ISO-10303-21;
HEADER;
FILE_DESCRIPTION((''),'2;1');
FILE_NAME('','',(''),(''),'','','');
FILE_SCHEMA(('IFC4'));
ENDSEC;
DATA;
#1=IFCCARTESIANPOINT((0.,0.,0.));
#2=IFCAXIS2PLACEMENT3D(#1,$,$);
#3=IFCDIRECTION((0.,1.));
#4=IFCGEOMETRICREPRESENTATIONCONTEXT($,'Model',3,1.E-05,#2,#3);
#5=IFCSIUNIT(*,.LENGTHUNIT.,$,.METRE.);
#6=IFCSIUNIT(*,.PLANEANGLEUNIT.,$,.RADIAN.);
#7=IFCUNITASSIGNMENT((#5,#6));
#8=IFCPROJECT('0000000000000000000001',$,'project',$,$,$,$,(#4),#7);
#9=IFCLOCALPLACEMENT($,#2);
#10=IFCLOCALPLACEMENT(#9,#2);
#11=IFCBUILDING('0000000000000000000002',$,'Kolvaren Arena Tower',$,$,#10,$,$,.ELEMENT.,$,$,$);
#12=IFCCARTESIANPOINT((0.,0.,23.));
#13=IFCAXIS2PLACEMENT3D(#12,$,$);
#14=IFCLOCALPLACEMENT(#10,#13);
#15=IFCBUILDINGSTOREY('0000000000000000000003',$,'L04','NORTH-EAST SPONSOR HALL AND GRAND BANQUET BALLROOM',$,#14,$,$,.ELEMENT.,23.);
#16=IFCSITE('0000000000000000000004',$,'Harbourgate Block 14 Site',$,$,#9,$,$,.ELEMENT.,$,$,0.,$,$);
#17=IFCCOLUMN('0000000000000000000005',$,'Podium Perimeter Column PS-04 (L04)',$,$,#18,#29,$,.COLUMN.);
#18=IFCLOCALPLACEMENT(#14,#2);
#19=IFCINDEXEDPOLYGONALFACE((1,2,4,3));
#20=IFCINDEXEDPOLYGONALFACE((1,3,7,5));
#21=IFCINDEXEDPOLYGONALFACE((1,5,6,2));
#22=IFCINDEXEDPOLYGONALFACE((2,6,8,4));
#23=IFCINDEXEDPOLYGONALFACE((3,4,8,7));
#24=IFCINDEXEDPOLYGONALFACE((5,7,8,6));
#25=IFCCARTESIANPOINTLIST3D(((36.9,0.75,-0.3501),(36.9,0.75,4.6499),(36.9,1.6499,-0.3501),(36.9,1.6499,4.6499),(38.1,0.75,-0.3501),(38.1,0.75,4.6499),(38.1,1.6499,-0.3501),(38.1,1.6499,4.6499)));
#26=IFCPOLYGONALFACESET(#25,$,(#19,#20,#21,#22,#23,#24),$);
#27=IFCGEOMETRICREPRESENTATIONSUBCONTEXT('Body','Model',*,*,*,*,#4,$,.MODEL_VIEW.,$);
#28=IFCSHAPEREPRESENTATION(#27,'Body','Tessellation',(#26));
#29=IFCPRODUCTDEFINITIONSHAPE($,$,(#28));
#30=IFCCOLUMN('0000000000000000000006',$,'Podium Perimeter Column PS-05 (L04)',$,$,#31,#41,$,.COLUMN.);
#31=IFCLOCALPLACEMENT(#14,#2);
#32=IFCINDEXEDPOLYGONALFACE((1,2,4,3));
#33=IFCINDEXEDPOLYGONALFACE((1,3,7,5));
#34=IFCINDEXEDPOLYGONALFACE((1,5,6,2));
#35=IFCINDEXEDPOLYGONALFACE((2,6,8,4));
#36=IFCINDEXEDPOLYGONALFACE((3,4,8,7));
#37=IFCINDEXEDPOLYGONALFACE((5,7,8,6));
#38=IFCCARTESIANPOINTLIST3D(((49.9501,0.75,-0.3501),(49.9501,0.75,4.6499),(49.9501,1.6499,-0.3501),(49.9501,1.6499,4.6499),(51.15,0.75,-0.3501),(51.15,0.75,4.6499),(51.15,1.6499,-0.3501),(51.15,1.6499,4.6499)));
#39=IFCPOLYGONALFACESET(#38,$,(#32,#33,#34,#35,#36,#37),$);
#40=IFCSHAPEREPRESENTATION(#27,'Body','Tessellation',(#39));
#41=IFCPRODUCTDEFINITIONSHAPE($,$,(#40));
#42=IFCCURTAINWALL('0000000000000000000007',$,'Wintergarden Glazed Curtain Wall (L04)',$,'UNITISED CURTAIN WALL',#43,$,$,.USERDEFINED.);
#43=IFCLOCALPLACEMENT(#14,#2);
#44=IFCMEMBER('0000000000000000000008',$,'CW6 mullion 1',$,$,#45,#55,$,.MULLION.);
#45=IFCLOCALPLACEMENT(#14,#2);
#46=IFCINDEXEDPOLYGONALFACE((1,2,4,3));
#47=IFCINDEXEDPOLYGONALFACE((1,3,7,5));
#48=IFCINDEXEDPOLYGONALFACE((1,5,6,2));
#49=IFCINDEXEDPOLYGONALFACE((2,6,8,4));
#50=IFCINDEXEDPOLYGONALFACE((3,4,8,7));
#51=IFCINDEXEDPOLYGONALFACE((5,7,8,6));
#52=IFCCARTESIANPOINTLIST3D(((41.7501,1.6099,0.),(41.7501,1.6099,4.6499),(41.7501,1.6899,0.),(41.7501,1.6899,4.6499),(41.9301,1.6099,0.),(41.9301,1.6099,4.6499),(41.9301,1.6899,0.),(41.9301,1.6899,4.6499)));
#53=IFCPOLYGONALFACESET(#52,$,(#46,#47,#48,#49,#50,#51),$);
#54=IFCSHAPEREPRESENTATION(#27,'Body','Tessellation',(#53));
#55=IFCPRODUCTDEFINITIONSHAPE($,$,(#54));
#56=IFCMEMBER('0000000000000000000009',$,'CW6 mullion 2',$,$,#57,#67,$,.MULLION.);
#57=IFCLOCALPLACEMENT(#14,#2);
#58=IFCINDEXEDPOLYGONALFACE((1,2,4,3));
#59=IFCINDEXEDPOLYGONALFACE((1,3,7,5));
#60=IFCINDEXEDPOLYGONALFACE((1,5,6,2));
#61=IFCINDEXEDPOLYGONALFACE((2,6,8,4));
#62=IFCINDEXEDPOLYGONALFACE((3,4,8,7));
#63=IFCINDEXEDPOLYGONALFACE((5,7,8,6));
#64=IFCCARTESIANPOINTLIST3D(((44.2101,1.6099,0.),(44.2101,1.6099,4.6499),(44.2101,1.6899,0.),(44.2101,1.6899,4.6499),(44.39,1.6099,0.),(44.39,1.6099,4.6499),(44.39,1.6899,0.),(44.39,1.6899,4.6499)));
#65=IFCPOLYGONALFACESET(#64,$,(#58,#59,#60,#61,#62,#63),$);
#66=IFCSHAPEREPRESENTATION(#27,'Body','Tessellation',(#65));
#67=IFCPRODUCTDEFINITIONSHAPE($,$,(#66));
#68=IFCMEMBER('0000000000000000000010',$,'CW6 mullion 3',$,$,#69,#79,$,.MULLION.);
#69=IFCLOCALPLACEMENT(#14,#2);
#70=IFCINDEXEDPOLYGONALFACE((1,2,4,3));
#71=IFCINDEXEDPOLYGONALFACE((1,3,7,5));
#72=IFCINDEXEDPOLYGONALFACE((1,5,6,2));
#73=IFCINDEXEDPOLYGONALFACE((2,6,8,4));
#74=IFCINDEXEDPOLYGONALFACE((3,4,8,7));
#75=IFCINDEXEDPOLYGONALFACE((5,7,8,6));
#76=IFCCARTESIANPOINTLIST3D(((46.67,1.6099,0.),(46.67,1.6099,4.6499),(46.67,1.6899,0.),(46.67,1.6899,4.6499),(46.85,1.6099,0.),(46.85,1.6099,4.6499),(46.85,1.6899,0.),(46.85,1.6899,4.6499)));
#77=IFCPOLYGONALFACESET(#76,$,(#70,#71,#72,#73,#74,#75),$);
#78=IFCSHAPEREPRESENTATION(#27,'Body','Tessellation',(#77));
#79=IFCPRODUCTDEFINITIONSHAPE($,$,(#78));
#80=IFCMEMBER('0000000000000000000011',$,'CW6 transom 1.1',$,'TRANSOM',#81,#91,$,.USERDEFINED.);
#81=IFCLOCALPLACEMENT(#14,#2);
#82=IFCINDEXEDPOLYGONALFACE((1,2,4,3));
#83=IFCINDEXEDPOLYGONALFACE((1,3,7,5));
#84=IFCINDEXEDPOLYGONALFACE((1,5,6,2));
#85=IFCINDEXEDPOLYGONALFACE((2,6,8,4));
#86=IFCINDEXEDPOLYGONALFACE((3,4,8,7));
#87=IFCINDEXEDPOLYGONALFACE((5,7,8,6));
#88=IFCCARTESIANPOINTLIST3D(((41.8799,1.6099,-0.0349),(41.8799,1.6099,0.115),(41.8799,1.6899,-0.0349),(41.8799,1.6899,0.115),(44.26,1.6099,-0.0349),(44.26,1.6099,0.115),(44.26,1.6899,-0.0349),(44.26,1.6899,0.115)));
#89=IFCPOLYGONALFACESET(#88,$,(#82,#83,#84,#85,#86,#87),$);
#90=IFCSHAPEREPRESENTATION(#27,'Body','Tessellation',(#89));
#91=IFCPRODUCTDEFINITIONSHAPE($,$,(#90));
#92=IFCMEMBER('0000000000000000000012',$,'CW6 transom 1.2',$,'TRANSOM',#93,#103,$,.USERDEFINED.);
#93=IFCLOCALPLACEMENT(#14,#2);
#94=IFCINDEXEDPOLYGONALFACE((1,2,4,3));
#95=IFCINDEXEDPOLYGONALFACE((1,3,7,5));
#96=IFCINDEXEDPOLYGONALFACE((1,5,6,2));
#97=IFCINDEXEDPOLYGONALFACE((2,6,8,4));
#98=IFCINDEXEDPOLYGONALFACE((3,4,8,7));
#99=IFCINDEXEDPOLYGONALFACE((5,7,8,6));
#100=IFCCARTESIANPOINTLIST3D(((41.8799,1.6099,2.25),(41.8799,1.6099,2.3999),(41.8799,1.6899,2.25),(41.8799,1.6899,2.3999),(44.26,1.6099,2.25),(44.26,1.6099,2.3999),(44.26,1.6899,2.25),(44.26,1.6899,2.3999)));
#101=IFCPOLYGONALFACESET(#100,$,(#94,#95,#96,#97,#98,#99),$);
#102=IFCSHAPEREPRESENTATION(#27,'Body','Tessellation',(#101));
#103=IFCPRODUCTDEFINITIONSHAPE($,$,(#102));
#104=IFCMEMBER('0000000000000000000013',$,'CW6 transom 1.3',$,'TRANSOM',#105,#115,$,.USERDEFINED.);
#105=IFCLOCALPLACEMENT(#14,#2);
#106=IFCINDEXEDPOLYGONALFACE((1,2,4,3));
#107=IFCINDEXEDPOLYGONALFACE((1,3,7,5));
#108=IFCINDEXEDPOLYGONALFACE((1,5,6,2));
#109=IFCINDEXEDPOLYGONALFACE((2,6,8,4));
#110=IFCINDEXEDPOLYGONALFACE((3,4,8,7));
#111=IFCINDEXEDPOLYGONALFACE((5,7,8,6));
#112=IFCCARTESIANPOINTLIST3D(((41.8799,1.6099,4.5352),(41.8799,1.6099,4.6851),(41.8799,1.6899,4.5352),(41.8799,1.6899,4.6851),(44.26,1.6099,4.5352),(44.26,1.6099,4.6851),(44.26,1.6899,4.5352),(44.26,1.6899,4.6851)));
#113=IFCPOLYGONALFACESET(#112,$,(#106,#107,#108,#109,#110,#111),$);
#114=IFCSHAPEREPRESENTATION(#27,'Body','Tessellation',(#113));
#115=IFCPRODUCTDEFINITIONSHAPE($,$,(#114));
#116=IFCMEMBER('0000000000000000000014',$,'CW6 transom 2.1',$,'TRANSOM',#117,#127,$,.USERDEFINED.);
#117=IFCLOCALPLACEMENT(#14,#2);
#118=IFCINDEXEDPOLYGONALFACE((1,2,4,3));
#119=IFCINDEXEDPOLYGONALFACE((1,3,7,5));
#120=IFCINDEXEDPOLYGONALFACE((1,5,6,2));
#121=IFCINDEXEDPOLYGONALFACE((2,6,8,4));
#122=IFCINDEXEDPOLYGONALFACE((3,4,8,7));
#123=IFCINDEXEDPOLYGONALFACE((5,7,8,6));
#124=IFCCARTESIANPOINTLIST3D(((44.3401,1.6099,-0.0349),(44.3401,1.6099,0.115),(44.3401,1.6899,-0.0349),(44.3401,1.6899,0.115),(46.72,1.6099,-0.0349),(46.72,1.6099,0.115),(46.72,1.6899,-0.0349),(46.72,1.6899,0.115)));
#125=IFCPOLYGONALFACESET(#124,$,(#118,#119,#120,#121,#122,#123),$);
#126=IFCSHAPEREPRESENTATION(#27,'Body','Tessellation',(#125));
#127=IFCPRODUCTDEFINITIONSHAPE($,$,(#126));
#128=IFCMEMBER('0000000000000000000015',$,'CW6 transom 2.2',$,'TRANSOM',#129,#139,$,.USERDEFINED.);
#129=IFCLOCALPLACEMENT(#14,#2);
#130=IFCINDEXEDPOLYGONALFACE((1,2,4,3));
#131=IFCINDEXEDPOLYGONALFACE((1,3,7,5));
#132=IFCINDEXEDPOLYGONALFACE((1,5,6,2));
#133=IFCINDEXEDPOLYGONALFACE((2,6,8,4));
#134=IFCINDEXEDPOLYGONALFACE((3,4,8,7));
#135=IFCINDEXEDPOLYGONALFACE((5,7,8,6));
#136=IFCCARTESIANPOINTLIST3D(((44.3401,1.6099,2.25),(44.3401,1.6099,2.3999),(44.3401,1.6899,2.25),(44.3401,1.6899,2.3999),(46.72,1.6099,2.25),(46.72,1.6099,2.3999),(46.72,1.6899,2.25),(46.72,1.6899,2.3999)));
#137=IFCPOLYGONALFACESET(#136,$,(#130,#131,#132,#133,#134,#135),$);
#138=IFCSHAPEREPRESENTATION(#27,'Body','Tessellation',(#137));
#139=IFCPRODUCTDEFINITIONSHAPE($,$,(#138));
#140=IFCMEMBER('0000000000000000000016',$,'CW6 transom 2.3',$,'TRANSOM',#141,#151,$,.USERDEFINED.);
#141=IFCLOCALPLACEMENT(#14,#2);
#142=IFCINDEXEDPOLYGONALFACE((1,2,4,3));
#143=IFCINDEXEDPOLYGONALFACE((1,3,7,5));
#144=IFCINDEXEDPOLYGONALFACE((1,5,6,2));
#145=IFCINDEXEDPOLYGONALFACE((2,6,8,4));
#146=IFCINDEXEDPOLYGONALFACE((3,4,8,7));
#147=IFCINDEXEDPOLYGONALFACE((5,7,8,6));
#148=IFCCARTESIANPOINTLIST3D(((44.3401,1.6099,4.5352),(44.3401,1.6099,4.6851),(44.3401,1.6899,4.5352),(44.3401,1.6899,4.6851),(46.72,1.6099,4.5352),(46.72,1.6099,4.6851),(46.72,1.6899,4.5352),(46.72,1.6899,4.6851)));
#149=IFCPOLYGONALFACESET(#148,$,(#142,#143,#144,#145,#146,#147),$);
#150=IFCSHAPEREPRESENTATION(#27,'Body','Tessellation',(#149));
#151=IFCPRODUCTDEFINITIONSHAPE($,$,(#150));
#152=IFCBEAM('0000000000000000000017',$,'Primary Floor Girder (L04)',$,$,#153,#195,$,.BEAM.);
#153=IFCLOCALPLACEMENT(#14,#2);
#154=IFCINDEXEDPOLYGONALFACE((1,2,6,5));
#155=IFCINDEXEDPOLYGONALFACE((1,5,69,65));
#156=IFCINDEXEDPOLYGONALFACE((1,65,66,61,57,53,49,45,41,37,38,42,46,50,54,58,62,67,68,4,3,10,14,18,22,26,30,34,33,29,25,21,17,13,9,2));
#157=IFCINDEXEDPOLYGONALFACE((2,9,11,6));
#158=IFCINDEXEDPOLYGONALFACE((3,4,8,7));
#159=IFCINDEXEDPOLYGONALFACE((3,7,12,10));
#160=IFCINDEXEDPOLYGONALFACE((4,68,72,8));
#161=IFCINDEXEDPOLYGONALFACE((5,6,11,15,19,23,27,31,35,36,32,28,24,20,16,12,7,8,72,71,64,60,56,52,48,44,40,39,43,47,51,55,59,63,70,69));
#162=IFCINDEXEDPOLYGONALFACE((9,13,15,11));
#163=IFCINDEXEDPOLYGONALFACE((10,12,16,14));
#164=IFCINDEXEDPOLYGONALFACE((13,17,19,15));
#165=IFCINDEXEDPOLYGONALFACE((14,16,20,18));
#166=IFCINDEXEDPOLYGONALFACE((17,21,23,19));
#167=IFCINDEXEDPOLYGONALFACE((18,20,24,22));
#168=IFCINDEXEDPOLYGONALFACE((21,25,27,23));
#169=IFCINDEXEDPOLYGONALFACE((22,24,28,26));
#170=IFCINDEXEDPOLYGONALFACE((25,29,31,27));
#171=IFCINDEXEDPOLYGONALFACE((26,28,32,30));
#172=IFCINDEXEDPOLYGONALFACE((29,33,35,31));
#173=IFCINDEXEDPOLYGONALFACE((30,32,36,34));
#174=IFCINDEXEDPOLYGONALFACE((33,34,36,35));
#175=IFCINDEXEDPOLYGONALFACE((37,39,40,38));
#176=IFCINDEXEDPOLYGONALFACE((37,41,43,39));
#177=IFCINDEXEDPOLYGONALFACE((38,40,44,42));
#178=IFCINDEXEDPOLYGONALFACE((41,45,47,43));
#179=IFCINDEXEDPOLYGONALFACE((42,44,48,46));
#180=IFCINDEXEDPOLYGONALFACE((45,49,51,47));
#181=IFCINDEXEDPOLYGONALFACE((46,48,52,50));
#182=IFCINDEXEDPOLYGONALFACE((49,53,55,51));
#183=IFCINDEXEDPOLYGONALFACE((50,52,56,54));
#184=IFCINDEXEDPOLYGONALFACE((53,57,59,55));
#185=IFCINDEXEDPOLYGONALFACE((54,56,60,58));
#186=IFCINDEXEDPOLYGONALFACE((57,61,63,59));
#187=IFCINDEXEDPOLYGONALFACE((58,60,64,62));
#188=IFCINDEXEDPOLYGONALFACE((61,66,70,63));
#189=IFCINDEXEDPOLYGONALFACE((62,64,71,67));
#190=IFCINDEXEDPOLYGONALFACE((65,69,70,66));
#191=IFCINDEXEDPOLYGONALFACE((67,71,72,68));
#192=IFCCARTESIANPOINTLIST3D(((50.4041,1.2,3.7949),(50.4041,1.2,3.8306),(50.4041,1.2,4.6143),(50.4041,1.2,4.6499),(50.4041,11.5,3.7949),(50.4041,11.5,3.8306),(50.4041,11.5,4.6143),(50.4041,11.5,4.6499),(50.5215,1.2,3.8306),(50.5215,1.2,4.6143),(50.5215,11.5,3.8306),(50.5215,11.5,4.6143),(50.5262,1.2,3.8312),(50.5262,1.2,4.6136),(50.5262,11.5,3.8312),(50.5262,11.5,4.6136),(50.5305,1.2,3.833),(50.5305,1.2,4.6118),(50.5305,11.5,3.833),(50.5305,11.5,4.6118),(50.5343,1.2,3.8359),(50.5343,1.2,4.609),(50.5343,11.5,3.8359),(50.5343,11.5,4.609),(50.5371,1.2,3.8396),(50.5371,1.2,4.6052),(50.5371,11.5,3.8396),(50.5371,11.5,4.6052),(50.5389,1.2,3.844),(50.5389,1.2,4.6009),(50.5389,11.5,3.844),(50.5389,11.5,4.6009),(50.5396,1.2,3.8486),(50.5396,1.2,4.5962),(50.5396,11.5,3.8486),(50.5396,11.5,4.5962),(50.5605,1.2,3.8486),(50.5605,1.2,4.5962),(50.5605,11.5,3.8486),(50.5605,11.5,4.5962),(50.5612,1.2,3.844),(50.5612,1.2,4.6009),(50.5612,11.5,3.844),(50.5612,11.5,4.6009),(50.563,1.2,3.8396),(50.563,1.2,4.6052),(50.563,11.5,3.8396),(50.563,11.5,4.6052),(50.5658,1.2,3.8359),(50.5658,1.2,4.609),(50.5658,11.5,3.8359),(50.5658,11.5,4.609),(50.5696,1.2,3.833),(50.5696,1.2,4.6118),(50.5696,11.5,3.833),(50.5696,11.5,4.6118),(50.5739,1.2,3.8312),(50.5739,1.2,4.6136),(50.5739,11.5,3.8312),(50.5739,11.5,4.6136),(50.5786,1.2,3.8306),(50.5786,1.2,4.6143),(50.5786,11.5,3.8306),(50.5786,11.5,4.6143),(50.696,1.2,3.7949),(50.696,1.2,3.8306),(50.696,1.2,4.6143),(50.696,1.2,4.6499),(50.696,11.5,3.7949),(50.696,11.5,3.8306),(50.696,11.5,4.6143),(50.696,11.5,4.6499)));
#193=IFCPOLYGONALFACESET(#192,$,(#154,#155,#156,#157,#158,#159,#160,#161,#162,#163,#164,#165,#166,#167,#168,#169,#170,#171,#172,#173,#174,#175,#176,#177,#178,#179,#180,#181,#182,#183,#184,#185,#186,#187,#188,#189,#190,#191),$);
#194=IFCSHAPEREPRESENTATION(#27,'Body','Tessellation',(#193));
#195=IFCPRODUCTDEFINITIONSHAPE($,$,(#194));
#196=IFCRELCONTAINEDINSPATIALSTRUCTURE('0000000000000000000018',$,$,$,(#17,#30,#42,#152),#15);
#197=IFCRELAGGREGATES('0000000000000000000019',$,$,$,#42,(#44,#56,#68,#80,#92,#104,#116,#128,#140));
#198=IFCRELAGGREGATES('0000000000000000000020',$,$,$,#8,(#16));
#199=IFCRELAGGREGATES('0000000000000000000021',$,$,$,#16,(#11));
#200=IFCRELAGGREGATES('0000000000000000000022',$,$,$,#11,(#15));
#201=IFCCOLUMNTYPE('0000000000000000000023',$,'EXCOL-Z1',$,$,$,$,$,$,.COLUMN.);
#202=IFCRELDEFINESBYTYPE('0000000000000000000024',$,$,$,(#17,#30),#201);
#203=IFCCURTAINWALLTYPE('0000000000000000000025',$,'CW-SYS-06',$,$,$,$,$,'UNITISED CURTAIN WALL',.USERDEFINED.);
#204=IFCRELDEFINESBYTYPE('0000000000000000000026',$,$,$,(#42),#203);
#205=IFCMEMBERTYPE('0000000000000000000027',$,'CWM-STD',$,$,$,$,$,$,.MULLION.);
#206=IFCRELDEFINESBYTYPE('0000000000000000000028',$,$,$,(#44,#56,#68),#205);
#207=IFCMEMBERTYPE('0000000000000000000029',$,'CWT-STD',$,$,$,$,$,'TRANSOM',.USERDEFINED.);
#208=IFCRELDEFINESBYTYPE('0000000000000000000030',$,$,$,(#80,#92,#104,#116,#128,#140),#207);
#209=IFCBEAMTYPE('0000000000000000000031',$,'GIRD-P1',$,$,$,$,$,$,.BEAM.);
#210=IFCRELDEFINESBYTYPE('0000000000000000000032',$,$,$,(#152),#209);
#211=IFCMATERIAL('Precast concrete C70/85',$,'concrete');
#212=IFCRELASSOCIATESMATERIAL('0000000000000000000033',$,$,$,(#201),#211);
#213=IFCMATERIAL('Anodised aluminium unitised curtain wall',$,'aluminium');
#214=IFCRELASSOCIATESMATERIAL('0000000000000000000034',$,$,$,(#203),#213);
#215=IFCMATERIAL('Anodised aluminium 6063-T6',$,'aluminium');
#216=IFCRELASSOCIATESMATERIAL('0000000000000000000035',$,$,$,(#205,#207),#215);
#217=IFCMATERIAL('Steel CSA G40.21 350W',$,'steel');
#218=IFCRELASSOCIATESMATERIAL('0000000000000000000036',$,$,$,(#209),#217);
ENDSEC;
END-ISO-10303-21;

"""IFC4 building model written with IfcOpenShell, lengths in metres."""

from ifc_helpers import new_model, si_unit, direction, frame, origin, origin_2d, place, context, subcontext, project, spatial, rectangle, i_section, extrude, material, material_profile, profile_set, type_object, element, aggregate, save


model = new_model("IFC4")

# Units and contexts
model_context = context("Model", 3, precision=1e-05, world=origin(), true_north=direction((0.0, 1.0)))
body_context = subcontext(model_context, "Body", "Model", "MODEL_VIEW")
ifc_project = project(units=[si_unit("LENGTHUNIT", "METRE"), si_unit("PLANEANGLEUNIT", "RADIAN")], contexts=[model_context])

# Site, building, storey
site_placement = place(None, origin())
site = spatial("IfcSite", under=ifc_project, at=site_placement, Name="Harbourgate Block 14 Site", CompositionType="ELEMENT", RefElevation=0.0)
building_placement = place(site_placement, origin())
building = spatial("IfcBuilding", under=site, at=building_placement, Name="Kolvaren Arena Tower", CompositionType="ELEMENT")
storey_placement = place(building_placement, frame((0.0, 0.0, 23.0)))
storey = spatial("IfcBuildingStorey", under=building, at=storey_placement, Name="L04", Description="NORTH-EAST SPONSOR HALL AND GRAND BANQUET BALLROOM", CompositionType="ELEMENT", Elevation=23.0)

# Columns
ifc_material_1 = material(Name="Precast concrete C70/85", Category="concrete")
ifc_material_profile_1 = material_profile(ifc_material_1, rectangle(XDim=1.2, YDim=0.8999, at=origin_2d()), Name="RC-1200x900")
ifc_profile_set_1 = profile_set([ifc_material_profile_1], Name="Precast concrete C70/85")
column_type = type_object("IfcColumnType", Name="EXCOL-Z1", PredefinedType="COLUMN", material=ifc_profile_set_1)
for number, where, z_axis, x_axis, name in (
    (1, (37.5, 1.2, -0.3501), (0.0, 0.0, 1.0), (1.0, 0.0, 0.0), "Podium Perimeter Column PS-04 (L04)"),
    (2, (50.55, 1.2, -0.3501), (0.0, 0.0, 1.0), (1.0, 0.0, 0.0), "Podium Perimeter Column PS-05 (L04)"),
):
    element("IfcColumn", number, at=place(storey_placement, frame(where, z_axis=z_axis, x_axis=x_axis)), inside=storey, type_object=column_type, Name=name, PredefinedType="COLUMN", context=body_context, shape_type="SweptSolid", body=[
        extrude(rectangle(XDim=1.2, YDim=0.8999, at=origin_2d()), origin(), (0.0, 0.0, 1.0), 5.0),
    ])

# Curtain wall, members
ifc_material_2 = material(Name="Anodised aluminium unitised curtain wall", Category="aluminium")
curtain_wall_type = type_object("IfcCurtainWallType", Name="CW-SYS-06", ElementType="UNITISED CURTAIN WALL", PredefinedType="USERDEFINED", material=ifc_material_2)
curtain_wall_placement = place(storey_placement, origin())
curtain_wall = element("IfcCurtainWall", 3, at=curtain_wall_placement, inside=storey, type_object=curtain_wall_type, Name="Wintergarden Glazed Curtain Wall (L04)", ObjectType="UNITISED CURTAIN WALL", PredefinedType="USERDEFINED")
ifc_material_3 = material(Name="Anodised aluminium 6063-T6", Category="aluminium")
ifc_material_profile_2 = material_profile(ifc_material_3, rectangle(XDim=0.0801, YDim=0.1799, at=origin_2d()), Name="ALU-80x180")
ifc_profile_set_2 = profile_set([ifc_material_profile_2], Name="Anodised aluminium 6063-T6")
member_type_1 = type_object("IfcMemberType", Name="CWM-STD", PredefinedType="MULLION", material=ifc_profile_set_2)
member_1_placement = place(storey_placement, frame((41.8401, 1.6499, 0.0), z_axis=(0.0, 0.0, 1.0), x_axis=(0.0, 1.0, 0.0)))
member_1 = element("IfcMember", 4, at=member_1_placement, type_object=member_type_1, Name="CW6 mullion 1", PredefinedType="MULLION", context=body_context, shape_type="SweptSolid", body=[
    extrude(rectangle(XDim=0.0801, YDim=0.1799, at=origin_2d()), origin(), (0.0, 0.0, 1.0), 4.6499),
])
member_2_placement = place(storey_placement, frame((44.3, 1.6499, 0.0), z_axis=(0.0, 0.0, 1.0), x_axis=(0.0, 1.0, 0.0)))
member_2 = element("IfcMember", 5, at=member_2_placement, type_object=member_type_1, Name="CW6 mullion 2", PredefinedType="MULLION", context=body_context, shape_type="SweptSolid", body=[
    extrude(rectangle(XDim=0.0801, YDim=0.1799, at=origin_2d()), origin(), (0.0, 0.0, 1.0), 4.6499),
])
member_3_placement = place(storey_placement, frame((46.76, 1.6499, 0.0), z_axis=(0.0, 0.0, 1.0), x_axis=(0.0, 1.0, 0.0)))
member_3 = element("IfcMember", 6, at=member_3_placement, type_object=member_type_1, Name="CW6 mullion 3", PredefinedType="MULLION", context=body_context, shape_type="SweptSolid", body=[
    extrude(rectangle(XDim=0.0801, YDim=0.1799, at=origin_2d()), origin(), (0.0, 0.0, 1.0), 4.6499),
])
ifc_material_profile_3 = material_profile(ifc_material_3, rectangle(XDim=0.0801, YDim=0.1499, at=origin_2d()), Name="ALU-80x150")
ifc_profile_set_3 = profile_set([ifc_material_profile_3], Name="Anodised aluminium 6063-T6")
member_type_2 = type_object("IfcMemberType", Name="CWT-STD", ElementType="TRANSOM", PredefinedType="USERDEFINED", material=ifc_profile_set_3)
member_4_placement = place(storey_placement, frame((41.8799, 1.6499, 0.04), z_axis=(1.0, 0.0, 0.0), x_axis=(0.0, 1.0, 0.0)))
member_4 = element("IfcMember", 7, at=member_4_placement, type_object=member_type_2, Name="CW6 transom 1.1", ObjectType="TRANSOM", PredefinedType="USERDEFINED", context=body_context, shape_type="SweptSolid", body=[
    extrude(rectangle(XDim=0.0801, YDim=0.1499, at=origin_2d()), origin(), (0.0, 0.0, 1.0), 2.3801),
])
member_5_placement = place(storey_placement, frame((41.8799, 1.6499, 2.325), z_axis=(1.0, 0.0, 0.0), x_axis=(0.0, 1.0, 0.0)))
member_5 = element("IfcMember", 8, at=member_5_placement, type_object=member_type_2, Name="CW6 transom 1.2", ObjectType="TRANSOM", PredefinedType="USERDEFINED", context=body_context, shape_type="SweptSolid", body=[
    extrude(rectangle(XDim=0.0801, YDim=0.1499, at=origin_2d()), origin(), (0.0, 0.0, 1.0), 2.3801),
])
member_6_placement = place(storey_placement, frame((41.8799, 1.6499, 4.6101), z_axis=(1.0, 0.0, 0.0), x_axis=(0.0, 1.0, 0.0)))
member_6 = element("IfcMember", 9, at=member_6_placement, type_object=member_type_2, Name="CW6 transom 1.3", ObjectType="TRANSOM", PredefinedType="USERDEFINED", context=body_context, shape_type="SweptSolid", body=[
    extrude(rectangle(XDim=0.0801, YDim=0.1499, at=origin_2d()), origin(), (0.0, 0.0, 1.0), 2.3801),
])
member_7_placement = place(storey_placement, frame((44.3401, 1.6499, 0.04), z_axis=(1.0, 0.0, 0.0), x_axis=(0.0, 1.0, 0.0)))
member_7 = element("IfcMember", 10, at=member_7_placement, type_object=member_type_2, Name="CW6 transom 2.1", ObjectType="TRANSOM", PredefinedType="USERDEFINED", context=body_context, shape_type="SweptSolid", body=[
    extrude(rectangle(XDim=0.0801, YDim=0.1499, at=origin_2d()), origin(), (0.0, 0.0, 1.0), 2.3799),
])
member_8_placement = place(storey_placement, frame((44.3401, 1.6499, 2.325), z_axis=(1.0, 0.0, 0.0), x_axis=(0.0, 1.0, 0.0)))
member_8 = element("IfcMember", 11, at=member_8_placement, type_object=member_type_2, Name="CW6 transom 2.2", ObjectType="TRANSOM", PredefinedType="USERDEFINED", context=body_context, shape_type="SweptSolid", body=[
    extrude(rectangle(XDim=0.0801, YDim=0.1499, at=origin_2d()), origin(), (0.0, 0.0, 1.0), 2.3799),
])
member_9_placement = place(storey_placement, frame((44.3401, 1.6499, 4.6101), z_axis=(1.0, 0.0, 0.0), x_axis=(0.0, 1.0, 0.0)))
member_9 = element("IfcMember", 12, at=member_9_placement, type_object=member_type_2, Name="CW6 transom 2.3", ObjectType="TRANSOM", PredefinedType="USERDEFINED", context=body_context, shape_type="SweptSolid", body=[
    extrude(rectangle(XDim=0.0801, YDim=0.1499, at=origin_2d()), origin(), (0.0, 0.0, 1.0), 2.3799),
])

# Beam
ifc_material_4 = material(Name="Steel CSA G40.21 350W", Category="steel")
ifc_material_profile_4 = material_profile(ifc_material_4, i_section(OverallWidth=0.292, OverallDepth=0.855, WebThickness=0.021, FlangeThickness=0.0356, FilletRadius=0.0181, at=origin_2d()), Name="W840x299")
ifc_profile_set_4 = profile_set([ifc_material_profile_4], Name="Steel CSA G40.21 350W")
beam_type_1 = type_object("IfcBeamType", Name="GIRD-P1", PredefinedType="BEAM", material=ifc_profile_set_4)
beam_1_placement = place(storey_placement, frame((50.55, 1.2, 4.2224), z_axis=(0.0, 1.0, 0.0), x_axis=(-1.0, 0.0, 0.0)))
element("IfcBeam", 13, at=beam_1_placement, inside=storey, type_object=beam_type_1, Name="Primary Floor Girder (L04)", PredefinedType="BEAM", context=body_context, shape_type="SweptSolid", body=[
    extrude(i_section(OverallWidth=0.292, OverallDepth=0.855, WebThickness=0.021, FlangeThickness=0.0356, FilletRadius=0.0181, at=origin_2d()), origin(), (0.0, 0.0, 1.0), 10.3),
])

aggregate(curtain_wall, [member_1, member_2, member_3, member_4, member_5, member_6, member_7, member_8, member_9])

save(model, "model.ifc")
